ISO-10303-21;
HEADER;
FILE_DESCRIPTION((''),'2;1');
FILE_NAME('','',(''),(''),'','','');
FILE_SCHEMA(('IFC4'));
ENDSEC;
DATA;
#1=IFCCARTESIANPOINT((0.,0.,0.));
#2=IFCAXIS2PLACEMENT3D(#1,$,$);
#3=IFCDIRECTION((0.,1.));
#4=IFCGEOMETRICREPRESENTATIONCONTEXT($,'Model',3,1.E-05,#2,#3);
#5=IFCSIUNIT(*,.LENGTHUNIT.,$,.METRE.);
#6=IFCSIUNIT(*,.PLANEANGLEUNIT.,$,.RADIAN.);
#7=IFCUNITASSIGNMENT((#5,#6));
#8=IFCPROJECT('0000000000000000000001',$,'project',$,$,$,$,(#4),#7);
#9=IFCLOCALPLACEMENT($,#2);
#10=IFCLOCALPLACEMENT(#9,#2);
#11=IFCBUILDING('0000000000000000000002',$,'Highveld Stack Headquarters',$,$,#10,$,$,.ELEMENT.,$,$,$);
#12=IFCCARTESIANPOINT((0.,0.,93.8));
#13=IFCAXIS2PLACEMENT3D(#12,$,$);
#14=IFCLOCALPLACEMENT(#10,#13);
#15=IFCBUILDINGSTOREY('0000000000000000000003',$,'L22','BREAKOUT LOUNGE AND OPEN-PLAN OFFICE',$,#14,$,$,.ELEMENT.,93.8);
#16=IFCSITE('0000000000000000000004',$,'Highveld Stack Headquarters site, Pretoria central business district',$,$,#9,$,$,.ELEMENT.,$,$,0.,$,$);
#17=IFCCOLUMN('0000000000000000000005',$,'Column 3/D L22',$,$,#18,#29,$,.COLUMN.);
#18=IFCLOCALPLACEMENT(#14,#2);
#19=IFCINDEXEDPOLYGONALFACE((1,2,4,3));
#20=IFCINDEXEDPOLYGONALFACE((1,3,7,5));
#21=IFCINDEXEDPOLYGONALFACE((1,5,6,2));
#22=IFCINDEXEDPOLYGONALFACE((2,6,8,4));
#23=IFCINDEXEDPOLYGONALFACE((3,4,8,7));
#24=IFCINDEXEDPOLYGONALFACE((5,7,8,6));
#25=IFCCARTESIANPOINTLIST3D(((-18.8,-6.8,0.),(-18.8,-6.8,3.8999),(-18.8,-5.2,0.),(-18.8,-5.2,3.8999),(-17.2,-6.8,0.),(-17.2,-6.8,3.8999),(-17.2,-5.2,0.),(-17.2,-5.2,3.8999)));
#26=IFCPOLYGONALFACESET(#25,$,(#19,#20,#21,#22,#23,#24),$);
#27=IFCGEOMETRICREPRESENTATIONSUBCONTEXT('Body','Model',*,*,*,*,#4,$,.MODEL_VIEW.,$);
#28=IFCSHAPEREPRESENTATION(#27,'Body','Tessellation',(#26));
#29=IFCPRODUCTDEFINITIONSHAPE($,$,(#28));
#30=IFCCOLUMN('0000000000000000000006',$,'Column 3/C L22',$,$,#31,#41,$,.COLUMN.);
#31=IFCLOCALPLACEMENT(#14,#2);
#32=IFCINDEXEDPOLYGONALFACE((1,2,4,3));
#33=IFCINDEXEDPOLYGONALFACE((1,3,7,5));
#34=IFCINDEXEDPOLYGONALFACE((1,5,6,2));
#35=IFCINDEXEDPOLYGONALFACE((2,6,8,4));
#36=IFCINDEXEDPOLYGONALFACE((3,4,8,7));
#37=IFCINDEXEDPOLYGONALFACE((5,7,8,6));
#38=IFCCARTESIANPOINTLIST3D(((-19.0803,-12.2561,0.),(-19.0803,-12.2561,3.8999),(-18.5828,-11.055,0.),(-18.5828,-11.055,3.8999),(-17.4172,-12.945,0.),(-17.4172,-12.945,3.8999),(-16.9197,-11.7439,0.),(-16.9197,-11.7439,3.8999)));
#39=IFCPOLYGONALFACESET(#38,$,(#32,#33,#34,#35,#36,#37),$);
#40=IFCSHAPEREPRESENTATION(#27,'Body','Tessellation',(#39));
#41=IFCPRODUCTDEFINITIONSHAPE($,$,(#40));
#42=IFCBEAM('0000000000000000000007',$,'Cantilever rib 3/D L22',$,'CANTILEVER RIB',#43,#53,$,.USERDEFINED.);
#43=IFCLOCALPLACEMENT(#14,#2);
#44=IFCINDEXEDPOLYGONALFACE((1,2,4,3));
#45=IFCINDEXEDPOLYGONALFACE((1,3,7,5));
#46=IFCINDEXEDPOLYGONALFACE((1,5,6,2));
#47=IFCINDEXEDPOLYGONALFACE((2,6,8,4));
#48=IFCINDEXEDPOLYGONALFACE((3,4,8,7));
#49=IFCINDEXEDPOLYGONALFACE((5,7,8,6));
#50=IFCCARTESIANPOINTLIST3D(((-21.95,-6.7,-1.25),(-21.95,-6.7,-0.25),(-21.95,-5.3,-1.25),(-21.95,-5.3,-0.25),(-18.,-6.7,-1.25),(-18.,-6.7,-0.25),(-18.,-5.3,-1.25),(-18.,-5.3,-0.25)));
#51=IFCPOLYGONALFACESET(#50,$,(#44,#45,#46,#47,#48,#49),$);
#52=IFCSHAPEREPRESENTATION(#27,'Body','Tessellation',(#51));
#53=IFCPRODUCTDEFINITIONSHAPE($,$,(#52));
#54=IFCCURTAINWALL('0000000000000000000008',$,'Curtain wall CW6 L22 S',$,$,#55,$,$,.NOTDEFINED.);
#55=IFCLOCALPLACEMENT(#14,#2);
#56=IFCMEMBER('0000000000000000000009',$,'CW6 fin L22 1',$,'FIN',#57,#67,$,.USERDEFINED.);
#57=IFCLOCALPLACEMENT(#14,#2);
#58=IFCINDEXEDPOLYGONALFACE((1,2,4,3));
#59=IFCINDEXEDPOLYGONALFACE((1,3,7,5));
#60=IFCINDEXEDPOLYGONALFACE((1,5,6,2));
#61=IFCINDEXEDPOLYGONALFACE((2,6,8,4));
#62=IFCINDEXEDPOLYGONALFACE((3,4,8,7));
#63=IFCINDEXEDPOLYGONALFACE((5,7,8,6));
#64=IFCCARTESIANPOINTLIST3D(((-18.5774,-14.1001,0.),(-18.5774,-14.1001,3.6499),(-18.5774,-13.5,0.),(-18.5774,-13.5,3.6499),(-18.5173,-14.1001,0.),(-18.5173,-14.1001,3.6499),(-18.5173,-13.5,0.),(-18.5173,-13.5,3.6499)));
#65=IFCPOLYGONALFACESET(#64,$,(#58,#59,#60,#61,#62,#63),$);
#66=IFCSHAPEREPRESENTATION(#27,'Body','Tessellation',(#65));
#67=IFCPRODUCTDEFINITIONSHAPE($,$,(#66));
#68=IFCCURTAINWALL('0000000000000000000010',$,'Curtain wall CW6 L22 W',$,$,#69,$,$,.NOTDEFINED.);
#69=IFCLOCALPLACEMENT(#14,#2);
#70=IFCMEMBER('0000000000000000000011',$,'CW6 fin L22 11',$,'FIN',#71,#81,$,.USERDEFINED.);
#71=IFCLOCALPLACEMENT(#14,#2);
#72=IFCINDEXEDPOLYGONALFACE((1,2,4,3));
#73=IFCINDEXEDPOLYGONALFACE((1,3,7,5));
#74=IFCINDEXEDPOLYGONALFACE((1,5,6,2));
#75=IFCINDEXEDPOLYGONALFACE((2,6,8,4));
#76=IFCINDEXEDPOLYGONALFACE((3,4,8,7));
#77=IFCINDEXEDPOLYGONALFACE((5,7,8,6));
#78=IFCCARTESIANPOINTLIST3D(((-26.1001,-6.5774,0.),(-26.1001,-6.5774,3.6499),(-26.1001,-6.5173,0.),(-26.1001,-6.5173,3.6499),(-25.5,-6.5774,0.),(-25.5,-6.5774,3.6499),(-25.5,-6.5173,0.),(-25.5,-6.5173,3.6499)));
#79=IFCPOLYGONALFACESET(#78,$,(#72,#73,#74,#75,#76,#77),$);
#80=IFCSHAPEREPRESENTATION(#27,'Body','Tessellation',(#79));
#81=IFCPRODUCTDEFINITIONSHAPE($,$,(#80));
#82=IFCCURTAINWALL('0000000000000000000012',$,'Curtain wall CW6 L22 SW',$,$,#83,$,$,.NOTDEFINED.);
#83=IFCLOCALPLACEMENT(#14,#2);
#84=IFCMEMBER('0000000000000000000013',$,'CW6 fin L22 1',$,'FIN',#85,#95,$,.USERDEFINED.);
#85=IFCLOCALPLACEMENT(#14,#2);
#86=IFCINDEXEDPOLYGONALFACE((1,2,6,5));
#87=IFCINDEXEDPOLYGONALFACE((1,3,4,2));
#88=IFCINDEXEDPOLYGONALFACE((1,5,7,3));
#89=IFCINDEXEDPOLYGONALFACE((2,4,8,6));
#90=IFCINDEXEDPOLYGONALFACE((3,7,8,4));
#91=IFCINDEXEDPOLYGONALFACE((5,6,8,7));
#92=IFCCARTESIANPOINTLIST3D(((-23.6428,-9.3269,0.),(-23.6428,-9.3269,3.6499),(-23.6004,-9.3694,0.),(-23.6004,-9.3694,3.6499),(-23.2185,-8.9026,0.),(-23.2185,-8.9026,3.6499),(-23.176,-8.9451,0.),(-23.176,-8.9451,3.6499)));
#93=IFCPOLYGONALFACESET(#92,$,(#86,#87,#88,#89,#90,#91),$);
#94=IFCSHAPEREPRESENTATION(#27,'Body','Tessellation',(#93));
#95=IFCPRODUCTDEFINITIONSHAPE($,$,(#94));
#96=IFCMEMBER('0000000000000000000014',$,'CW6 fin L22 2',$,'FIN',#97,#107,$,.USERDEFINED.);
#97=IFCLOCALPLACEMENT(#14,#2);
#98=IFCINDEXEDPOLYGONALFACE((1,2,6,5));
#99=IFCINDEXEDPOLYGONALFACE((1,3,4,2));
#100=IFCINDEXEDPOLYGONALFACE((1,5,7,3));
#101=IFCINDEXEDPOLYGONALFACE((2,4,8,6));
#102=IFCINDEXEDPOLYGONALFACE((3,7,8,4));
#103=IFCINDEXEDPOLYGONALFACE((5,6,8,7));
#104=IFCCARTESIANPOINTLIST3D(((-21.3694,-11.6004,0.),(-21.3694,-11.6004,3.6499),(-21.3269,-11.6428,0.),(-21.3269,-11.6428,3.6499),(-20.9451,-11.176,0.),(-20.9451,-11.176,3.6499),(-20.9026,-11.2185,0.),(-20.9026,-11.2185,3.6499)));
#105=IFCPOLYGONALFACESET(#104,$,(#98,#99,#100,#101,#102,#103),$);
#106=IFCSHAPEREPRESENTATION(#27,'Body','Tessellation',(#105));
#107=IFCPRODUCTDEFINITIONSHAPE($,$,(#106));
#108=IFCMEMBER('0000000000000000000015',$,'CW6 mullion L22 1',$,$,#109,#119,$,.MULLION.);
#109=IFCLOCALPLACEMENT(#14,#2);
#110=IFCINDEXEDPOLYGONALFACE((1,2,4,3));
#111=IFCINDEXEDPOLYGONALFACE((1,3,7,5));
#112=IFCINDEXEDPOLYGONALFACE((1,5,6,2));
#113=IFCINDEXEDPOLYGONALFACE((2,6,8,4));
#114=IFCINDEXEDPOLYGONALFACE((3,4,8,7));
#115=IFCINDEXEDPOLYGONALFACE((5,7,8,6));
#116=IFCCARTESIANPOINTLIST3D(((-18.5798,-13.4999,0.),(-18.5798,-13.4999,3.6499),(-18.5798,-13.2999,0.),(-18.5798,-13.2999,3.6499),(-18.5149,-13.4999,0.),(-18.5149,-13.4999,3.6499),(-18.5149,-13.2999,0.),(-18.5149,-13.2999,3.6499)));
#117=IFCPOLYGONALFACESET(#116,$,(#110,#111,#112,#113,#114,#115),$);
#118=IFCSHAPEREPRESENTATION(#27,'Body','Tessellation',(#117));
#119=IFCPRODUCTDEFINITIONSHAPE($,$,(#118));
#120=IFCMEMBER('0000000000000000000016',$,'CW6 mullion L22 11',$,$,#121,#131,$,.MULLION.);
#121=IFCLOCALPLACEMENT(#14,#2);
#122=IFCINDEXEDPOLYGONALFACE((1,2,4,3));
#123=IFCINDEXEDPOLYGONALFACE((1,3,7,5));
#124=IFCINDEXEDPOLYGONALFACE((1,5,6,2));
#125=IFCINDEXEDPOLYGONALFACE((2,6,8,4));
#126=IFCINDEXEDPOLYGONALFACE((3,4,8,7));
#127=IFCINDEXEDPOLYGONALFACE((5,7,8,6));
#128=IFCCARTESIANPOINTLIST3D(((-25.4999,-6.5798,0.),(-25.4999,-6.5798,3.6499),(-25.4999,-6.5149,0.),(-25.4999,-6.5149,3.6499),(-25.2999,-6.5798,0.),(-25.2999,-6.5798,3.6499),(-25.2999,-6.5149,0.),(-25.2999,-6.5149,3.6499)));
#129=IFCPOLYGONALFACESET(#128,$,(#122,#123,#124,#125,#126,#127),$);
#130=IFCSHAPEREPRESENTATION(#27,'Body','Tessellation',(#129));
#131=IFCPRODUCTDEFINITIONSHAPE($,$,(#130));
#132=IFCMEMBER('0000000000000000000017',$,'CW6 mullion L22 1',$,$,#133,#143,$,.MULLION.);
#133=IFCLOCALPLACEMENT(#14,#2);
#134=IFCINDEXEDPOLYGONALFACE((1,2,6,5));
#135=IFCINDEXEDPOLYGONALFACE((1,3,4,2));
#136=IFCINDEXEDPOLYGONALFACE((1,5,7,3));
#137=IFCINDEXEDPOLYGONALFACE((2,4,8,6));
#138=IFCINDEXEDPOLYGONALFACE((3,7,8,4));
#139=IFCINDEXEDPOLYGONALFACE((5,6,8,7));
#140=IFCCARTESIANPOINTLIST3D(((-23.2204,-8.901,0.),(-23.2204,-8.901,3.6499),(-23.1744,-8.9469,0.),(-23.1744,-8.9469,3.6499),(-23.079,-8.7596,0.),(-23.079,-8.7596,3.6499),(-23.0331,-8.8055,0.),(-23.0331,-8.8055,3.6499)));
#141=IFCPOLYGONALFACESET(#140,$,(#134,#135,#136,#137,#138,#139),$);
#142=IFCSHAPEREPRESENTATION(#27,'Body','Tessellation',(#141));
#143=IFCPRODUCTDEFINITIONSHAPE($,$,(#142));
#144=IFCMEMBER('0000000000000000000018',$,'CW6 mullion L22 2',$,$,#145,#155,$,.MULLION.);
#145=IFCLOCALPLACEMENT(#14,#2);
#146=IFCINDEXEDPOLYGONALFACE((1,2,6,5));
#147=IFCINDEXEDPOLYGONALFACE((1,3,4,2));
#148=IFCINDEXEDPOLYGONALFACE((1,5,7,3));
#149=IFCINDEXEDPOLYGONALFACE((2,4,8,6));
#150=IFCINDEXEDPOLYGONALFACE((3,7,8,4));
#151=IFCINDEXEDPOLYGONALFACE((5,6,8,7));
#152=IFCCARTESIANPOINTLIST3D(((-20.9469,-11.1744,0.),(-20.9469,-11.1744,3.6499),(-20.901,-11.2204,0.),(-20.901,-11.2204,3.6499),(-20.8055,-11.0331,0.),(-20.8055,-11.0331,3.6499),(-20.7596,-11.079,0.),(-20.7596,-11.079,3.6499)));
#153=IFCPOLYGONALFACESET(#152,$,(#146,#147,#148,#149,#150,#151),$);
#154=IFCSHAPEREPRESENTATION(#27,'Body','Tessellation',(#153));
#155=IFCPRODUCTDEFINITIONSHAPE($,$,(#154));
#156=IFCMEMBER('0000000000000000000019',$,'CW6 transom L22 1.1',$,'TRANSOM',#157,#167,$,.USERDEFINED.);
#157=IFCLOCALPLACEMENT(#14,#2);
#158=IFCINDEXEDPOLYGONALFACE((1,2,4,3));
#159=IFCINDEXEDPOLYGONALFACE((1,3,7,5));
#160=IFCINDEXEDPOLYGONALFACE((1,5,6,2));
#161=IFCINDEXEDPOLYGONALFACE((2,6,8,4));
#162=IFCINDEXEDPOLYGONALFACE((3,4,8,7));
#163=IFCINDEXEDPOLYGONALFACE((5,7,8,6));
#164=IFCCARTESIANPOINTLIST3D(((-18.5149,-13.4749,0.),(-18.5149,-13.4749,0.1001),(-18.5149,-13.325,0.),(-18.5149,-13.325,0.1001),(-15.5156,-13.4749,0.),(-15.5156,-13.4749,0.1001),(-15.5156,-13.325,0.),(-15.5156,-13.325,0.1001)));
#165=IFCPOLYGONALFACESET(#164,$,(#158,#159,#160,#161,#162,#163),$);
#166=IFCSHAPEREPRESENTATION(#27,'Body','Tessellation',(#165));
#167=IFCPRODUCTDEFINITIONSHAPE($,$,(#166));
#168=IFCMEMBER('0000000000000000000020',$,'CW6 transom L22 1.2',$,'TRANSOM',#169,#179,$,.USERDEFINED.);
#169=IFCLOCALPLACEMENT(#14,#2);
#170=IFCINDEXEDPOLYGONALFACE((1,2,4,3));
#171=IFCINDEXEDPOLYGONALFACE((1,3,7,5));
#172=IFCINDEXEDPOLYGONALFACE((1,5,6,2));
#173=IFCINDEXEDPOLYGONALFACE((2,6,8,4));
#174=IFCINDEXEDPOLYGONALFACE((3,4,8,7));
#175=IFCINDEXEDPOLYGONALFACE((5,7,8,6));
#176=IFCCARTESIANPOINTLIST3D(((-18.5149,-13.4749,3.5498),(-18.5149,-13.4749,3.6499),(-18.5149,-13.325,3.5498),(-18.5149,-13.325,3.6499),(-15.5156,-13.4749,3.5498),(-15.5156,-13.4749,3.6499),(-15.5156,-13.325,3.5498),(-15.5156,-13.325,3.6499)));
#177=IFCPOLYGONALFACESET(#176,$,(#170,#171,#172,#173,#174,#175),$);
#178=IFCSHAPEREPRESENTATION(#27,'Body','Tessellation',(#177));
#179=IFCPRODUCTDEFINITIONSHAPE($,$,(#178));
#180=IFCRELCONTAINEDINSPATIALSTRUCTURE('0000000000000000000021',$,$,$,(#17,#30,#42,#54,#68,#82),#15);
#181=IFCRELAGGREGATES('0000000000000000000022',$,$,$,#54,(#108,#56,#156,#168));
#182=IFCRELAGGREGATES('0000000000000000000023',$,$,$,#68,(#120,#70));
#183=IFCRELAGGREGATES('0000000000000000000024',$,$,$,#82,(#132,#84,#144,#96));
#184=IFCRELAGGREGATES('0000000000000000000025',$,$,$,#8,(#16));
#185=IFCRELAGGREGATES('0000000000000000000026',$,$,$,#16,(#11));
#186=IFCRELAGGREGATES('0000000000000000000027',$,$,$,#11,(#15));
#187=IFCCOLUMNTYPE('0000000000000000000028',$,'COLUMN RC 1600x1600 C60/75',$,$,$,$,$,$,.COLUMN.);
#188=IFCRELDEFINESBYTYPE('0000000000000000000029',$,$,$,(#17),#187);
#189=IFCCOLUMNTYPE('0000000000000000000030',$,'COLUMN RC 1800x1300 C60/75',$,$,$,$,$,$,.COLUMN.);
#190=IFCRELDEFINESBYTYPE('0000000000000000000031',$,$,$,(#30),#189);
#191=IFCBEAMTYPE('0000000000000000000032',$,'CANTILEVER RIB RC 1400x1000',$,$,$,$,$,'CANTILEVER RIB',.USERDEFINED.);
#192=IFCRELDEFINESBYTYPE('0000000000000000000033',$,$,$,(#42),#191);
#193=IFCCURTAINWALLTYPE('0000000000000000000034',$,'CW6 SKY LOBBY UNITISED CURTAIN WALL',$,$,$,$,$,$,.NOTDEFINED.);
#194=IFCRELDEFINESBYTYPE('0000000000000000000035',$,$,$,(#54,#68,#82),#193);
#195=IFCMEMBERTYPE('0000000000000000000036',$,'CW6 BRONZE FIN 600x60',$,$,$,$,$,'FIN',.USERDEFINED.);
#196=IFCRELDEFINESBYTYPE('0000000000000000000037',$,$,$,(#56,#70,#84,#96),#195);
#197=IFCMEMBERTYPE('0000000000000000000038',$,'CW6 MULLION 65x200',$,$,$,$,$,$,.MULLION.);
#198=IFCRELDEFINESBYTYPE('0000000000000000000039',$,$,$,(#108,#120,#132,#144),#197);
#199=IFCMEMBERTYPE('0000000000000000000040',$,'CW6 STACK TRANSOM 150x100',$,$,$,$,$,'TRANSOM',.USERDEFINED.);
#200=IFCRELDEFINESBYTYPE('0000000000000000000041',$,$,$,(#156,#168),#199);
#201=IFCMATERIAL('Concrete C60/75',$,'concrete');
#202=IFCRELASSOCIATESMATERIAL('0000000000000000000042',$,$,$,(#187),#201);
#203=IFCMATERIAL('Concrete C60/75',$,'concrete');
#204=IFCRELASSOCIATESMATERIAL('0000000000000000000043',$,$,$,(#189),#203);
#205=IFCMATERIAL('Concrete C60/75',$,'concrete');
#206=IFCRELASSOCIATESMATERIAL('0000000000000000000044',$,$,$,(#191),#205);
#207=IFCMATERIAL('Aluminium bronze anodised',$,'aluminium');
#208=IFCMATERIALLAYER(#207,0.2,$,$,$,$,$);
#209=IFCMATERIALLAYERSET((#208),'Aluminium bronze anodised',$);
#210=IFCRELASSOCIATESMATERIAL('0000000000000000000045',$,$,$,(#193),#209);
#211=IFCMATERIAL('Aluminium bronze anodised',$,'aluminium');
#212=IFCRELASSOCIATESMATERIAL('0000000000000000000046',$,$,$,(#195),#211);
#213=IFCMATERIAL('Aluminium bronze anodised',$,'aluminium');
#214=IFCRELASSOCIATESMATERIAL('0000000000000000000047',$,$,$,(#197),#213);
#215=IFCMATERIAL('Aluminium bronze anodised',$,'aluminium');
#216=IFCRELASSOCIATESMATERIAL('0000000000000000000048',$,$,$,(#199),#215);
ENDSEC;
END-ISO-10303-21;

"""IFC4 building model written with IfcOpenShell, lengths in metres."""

from ifc_helpers import new_model, si_unit, direction, frame, origin, origin_2d, place, context, subcontext, project, spatial, rectangle, extrude, material, layer, layer_set, material_profile, profile_set, type_object, element, aggregate, save


model = new_model("IFC4")

# Units and contexts
model_context = context("Model", 3, precision=1e-05, world=origin(), true_north=direction((0.0, 1.0)))
body_context = subcontext(model_context, "Body", "Model", "MODEL_VIEW")
ifc_project = project(units=[si_unit("LENGTHUNIT", "METRE"), si_unit("PLANEANGLEUNIT", "RADIAN")], contexts=[model_context])

# Site, building, storey
site_placement = place(None, origin())
site = spatial("IfcSite", under=ifc_project, at=site_placement, Name="Highveld Stack Headquarters site, Pretoria central business district", CompositionType="ELEMENT", RefElevation=0.0)
building_placement = place(site_placement, origin())
building = spatial("IfcBuilding", under=site, at=building_placement, Name="Highveld Stack Headquarters", CompositionType="ELEMENT")
storey_placement = place(building_placement, frame((0.0, 0.0, 93.8)))
storey = spatial("IfcBuildingStorey", under=building, at=storey_placement, Name="L22", Description="BREAKOUT LOUNGE AND OPEN-PLAN OFFICE", CompositionType="ELEMENT", Elevation=93.8)

# Columns
ifc_material_1 = material(Name="Concrete C60/75", Category="concrete")
ifc_material_profile_1 = material_profile(ifc_material_1, rectangle(XDim=1.6001, YDim=1.6001, at=origin_2d()), Name="RC 1600x1600")
ifc_profile_set_1 = profile_set([ifc_material_profile_1], Name="Concrete C60/75")
column_type_1 = type_object("IfcColumnType", Name="COLUMN RC 1600x1600 C60/75", PredefinedType="COLUMN", material=ifc_profile_set_1)
column_1_placement = place(storey_placement, frame((-18.0, -6.0, 0.0), z_axis=(0.0, 0.0, 1.0), x_axis=(1.0, 0.0, 0.0)))
element("IfcColumn", 1, at=column_1_placement, inside=storey, type_object=column_type_1, Name="Column 3/D L22", PredefinedType="COLUMN", context=body_context, shape_type="SweptSolid", body=[
    extrude(rectangle(XDim=1.6001, YDim=1.6001, at=origin_2d()), origin(), (0.0, 0.0, 1.0), 3.8999),
])
ifc_material_2 = material(Name="Concrete C60/75", Category="concrete")
ifc_material_profile_2 = material_profile(ifc_material_2, rectangle(XDim=1.8, YDim=1.3, at=origin_2d()), Name="RC 1800x1300")
ifc_profile_set_2 = profile_set([ifc_material_profile_2], Name="Concrete C60/75")
column_type_2 = type_object("IfcColumnType", Name="COLUMN RC 1800x1300 C60/75", PredefinedType="COLUMN", material=ifc_profile_set_2)
column_2_placement = place(storey_placement, frame((-18.0, -12.0, 0.0), z_axis=(0.0, 0.0, 1.0), x_axis=(-0.92388, 0.382683, 0.0)))
element("IfcColumn", 2, at=column_2_placement, inside=storey, type_object=column_type_2, Name="Column 3/C L22", PredefinedType="COLUMN", context=body_context, shape_type="SweptSolid", body=[
    extrude(rectangle(XDim=1.8, YDim=1.3, at=origin_2d()), origin(), (0.0, 0.0, 1.0), 3.8999),
])

# Beam
ifc_material_3 = material(Name="Concrete C60/75", Category="concrete")
ifc_material_profile_3 = material_profile(ifc_material_3, rectangle(XDim=1.3999, YDim=1.0, at=origin_2d()), Name="RC 1400x1000")
ifc_profile_set_3 = profile_set([ifc_material_profile_3], Name="Concrete C60/75")
beam_type_1 = type_object("IfcBeamType", Name="CANTILEVER RIB RC 1400x1000", ElementType="CANTILEVER RIB", PredefinedType="USERDEFINED", material=ifc_profile_set_3)
beam_1_placement = place(storey_placement, frame((-18.0, -6.0, -0.75), z_axis=(-1.0, 0.0, 0.0), x_axis=(0.0, -1.0, 0.0)))
element("IfcBeam", 3, at=beam_1_placement, inside=storey, type_object=beam_type_1, Name="Cantilever rib 3/D L22", ObjectType="CANTILEVER RIB", PredefinedType="USERDEFINED", context=body_context, shape_type="SweptSolid", body=[
    extrude(rectangle(XDim=1.3999, YDim=1.0, at=origin_2d()), origin(), (0.0, 0.0, 1.0), 3.95),
])

# Curtain walls, members
ifc_material_4 = material(Name="Aluminium bronze anodised", Category="aluminium")
ifc_layer_1 = layer(ifc_material_4, 0.2)
ifc_layer_set_1 = layer_set([ifc_layer_1], Name="Aluminium bronze anodised")
curtain_wall_type = type_object("IfcCurtainWallType", Name="CW6 SKY LOBBY UNITISED CURTAIN WALL", PredefinedType="NOTDEFINED", material=ifc_layer_set_1)
curtain_wall_1_placement = place(storey_placement, origin())
curtain_wall_1 = element("IfcCurtainWall", 4, at=curtain_wall_1_placement, inside=storey, type_object=curtain_wall_type, Name="Curtain wall CW6 L22 S", PredefinedType="NOTDEFINED")
ifc_material_5 = material(Name="Aluminium bronze anodised", Category="aluminium")
ifc_material_profile_4 = material_profile(ifc_material_5, rectangle(XDim=0.6001, YDim=0.0601, at=origin_2d()), Name="FIN 600x60")
ifc_profile_set_4 = profile_set([ifc_material_profile_4], Name="Aluminium bronze anodised")
member_type_1 = type_object("IfcMemberType", Name="CW6 BRONZE FIN 600x60", ElementType="FIN", PredefinedType="USERDEFINED", material=ifc_profile_set_4)
member_1_placement = place(storey_placement, frame((-18.5474, -13.8, 0.0), z_axis=(0.0, 0.0, 1.0), x_axis=(0.0, 1.0, 0.0)))
member_1 = element("IfcMember", 5, at=member_1_placement, type_object=member_type_1, Name="CW6 fin L22 1", ObjectType="FIN", PredefinedType="USERDEFINED", context=body_context, shape_type="SweptSolid", body=[
    extrude(rectangle(XDim=0.6001, YDim=0.0601, at=origin_2d()), origin(), (0.0, 0.0, 1.0), 3.6499),
])
curtain_wall_2_placement = place(storey_placement, origin())
curtain_wall_2 = element("IfcCurtainWall", 6, at=curtain_wall_2_placement, inside=storey, type_object=curtain_wall_type, Name="Curtain wall CW6 L22 W", PredefinedType="NOTDEFINED")
member_2_placement = place(storey_placement, frame((-25.8, -6.5474, 0.0), z_axis=(0.0, 0.0, 1.0), x_axis=(1.0, 0.0, 0.0)))
member_2 = element("IfcMember", 7, at=member_2_placement, type_object=member_type_1, Name="CW6 fin L22 11", ObjectType="FIN", PredefinedType="USERDEFINED", context=body_context, shape_type="SweptSolid", body=[
    extrude(rectangle(XDim=0.6001, YDim=0.0601, at=origin_2d()), origin(), (0.0, 0.0, 1.0), 3.6499),
])

# Curtain wall, members
curtain_wall_3_placement = place(storey_placement, origin())
curtain_wall_3 = element("IfcCurtainWall", 8, at=curtain_wall_3_placement, inside=storey, type_object=curtain_wall_type, Name="Curtain wall CW6 L22 SW", PredefinedType="NOTDEFINED")
member_3_placement = place(storey_placement, frame((-23.4094, -9.136, 0.0), z_axis=(0.0, 0.0, 1.0), x_axis=(0.707107, 0.707107, 0.0)))
member_3 = element("IfcMember", 9, at=member_3_placement, type_object=member_type_1, Name="CW6 fin L22 1", ObjectType="FIN", PredefinedType="USERDEFINED", context=body_context, shape_type="SweptSolid", body=[
    extrude(rectangle(XDim=0.6001, YDim=0.0601, at=origin_2d()), origin(), (0.0, 0.0, 1.0), 3.6499),
])
member_4_placement = place(storey_placement, frame((-21.136, -11.4094, 0.0), z_axis=(0.0, 0.0, 1.0), x_axis=(0.707107, 0.707107, 0.0)))
member_4 = element("IfcMember", 10, at=member_4_placement, type_object=member_type_1, Name="CW6 fin L22 2", ObjectType="FIN", PredefinedType="USERDEFINED", context=body_context, shape_type="SweptSolid", body=[
    extrude(rectangle(XDim=0.6001, YDim=0.0601, at=origin_2d()), origin(), (0.0, 0.0, 1.0), 3.6499),
])

# Members
ifc_material_6 = material(Name="Aluminium bronze anodised", Category="aluminium")
ifc_material_profile_5 = material_profile(ifc_material_6, rectangle(XDim=0.2, YDim=0.0649, at=origin_2d()), Name="CW6 MULLION 65x200")
ifc_profile_set_5 = profile_set([ifc_material_profile_5], Name="Aluminium bronze anodised")
member_type_2 = type_object("IfcMemberType", Name="CW6 MULLION 65x200", PredefinedType="MULLION", material=ifc_profile_set_5)
member_5_placement = place(storey_placement, frame((-18.5474, -13.3999, 0.0), z_axis=(0.0, 0.0, 1.0), x_axis=(0.0, 1.0, 0.0)))
member_5 = element("IfcMember", 11, at=member_5_placement, type_object=member_type_2, Name="CW6 mullion L22 1", PredefinedType="MULLION", context=body_context, shape_type="SweptSolid", body=[
    extrude(rectangle(XDim=0.2, YDim=0.0649, at=origin_2d()), origin(), (0.0, 0.0, 1.0), 3.6499),
])
member_6_placement = place(storey_placement, frame((-25.3999, -6.5474, 0.0), z_axis=(0.0, 0.0, 1.0), x_axis=(1.0, 0.0, 0.0)))
member_6 = element("IfcMember", 12, at=member_6_placement, type_object=member_type_2, Name="CW6 mullion L22 11", PredefinedType="MULLION", context=body_context, shape_type="SweptSolid", body=[
    extrude(rectangle(XDim=0.2, YDim=0.0649, at=origin_2d()), origin(), (0.0, 0.0, 1.0), 3.6499),
])
member_7_placement = place(storey_placement, frame((-23.1267, -8.8533, 0.0), z_axis=(0.0, 0.0, 1.0), x_axis=(0.707107, 0.707107, 0.0)))
member_7 = element("IfcMember", 13, at=member_7_placement, type_object=member_type_2, Name="CW6 mullion L22 1", PredefinedType="MULLION", context=body_context, shape_type="SweptSolid", body=[
    extrude(rectangle(XDim=0.2, YDim=0.0649, at=origin_2d()), origin(), (0.0, 0.0, 1.0), 3.6499),
])
member_8_placement = place(storey_placement, frame((-20.8533, -11.1267, 0.0), z_axis=(0.0, 0.0, 1.0), x_axis=(0.707107, 0.707107, 0.0)))
member_8 = element("IfcMember", 14, at=member_8_placement, type_object=member_type_2, Name="CW6 mullion L22 2", PredefinedType="MULLION", context=body_context, shape_type="SweptSolid", body=[
    extrude(rectangle(XDim=0.2, YDim=0.0649, at=origin_2d()), origin(), (0.0, 0.0, 1.0), 3.6499),
])
ifc_material_7 = material(Name="Aluminium bronze anodised", Category="aluminium")
ifc_material_profile_6 = material_profile(ifc_material_7, rectangle(XDim=0.1499, YDim=0.1001, at=origin_2d()), Name="CW6 TRANSOM 150x100")
ifc_profile_set_6 = profile_set([ifc_material_profile_6], Name="Aluminium bronze anodised")
member_type_3 = type_object("IfcMemberType", Name="CW6 STACK TRANSOM 150x100", ElementType="TRANSOM", PredefinedType="USERDEFINED", material=ifc_profile_set_6)
member_9_placement = place(storey_placement, frame((-18.5149, -13.3999, 0.05), z_axis=(1.0, 0.0, 0.0), x_axis=(0.0, 1.0, 0.0)))
member_9 = element("IfcMember", 15, at=member_9_placement, type_object=member_type_3, Name="CW6 transom L22 1.1", ObjectType="TRANSOM", PredefinedType="USERDEFINED", context=body_context, shape_type="SweptSolid", body=[
    extrude(rectangle(XDim=0.1499, YDim=0.1001, at=origin_2d()), origin(), (0.0, 0.0, 1.0), 2.9993),
])
member_10_placement = place(storey_placement, frame((-18.5149, -13.3999, 3.5999), z_axis=(1.0, 0.0, 0.0), x_axis=(0.0, 1.0, 0.0)))
member_10 = element("IfcMember", 16, at=member_10_placement, type_object=member_type_3, Name="CW6 transom L22 1.2", ObjectType="TRANSOM", PredefinedType="USERDEFINED", context=body_context, shape_type="SweptSolid", body=[
    extrude(rectangle(XDim=0.1499, YDim=0.1001, at=origin_2d()), origin(), (0.0, 0.0, 1.0), 2.9993),
])
aggregate(curtain_wall_1, [member_5, member_1, member_9, member_10])

aggregate(curtain_wall_2, [member_6, member_2])
aggregate(curtain_wall_3, [member_7, member_3, member_8, member_4])

save(model, "model.ifc")
